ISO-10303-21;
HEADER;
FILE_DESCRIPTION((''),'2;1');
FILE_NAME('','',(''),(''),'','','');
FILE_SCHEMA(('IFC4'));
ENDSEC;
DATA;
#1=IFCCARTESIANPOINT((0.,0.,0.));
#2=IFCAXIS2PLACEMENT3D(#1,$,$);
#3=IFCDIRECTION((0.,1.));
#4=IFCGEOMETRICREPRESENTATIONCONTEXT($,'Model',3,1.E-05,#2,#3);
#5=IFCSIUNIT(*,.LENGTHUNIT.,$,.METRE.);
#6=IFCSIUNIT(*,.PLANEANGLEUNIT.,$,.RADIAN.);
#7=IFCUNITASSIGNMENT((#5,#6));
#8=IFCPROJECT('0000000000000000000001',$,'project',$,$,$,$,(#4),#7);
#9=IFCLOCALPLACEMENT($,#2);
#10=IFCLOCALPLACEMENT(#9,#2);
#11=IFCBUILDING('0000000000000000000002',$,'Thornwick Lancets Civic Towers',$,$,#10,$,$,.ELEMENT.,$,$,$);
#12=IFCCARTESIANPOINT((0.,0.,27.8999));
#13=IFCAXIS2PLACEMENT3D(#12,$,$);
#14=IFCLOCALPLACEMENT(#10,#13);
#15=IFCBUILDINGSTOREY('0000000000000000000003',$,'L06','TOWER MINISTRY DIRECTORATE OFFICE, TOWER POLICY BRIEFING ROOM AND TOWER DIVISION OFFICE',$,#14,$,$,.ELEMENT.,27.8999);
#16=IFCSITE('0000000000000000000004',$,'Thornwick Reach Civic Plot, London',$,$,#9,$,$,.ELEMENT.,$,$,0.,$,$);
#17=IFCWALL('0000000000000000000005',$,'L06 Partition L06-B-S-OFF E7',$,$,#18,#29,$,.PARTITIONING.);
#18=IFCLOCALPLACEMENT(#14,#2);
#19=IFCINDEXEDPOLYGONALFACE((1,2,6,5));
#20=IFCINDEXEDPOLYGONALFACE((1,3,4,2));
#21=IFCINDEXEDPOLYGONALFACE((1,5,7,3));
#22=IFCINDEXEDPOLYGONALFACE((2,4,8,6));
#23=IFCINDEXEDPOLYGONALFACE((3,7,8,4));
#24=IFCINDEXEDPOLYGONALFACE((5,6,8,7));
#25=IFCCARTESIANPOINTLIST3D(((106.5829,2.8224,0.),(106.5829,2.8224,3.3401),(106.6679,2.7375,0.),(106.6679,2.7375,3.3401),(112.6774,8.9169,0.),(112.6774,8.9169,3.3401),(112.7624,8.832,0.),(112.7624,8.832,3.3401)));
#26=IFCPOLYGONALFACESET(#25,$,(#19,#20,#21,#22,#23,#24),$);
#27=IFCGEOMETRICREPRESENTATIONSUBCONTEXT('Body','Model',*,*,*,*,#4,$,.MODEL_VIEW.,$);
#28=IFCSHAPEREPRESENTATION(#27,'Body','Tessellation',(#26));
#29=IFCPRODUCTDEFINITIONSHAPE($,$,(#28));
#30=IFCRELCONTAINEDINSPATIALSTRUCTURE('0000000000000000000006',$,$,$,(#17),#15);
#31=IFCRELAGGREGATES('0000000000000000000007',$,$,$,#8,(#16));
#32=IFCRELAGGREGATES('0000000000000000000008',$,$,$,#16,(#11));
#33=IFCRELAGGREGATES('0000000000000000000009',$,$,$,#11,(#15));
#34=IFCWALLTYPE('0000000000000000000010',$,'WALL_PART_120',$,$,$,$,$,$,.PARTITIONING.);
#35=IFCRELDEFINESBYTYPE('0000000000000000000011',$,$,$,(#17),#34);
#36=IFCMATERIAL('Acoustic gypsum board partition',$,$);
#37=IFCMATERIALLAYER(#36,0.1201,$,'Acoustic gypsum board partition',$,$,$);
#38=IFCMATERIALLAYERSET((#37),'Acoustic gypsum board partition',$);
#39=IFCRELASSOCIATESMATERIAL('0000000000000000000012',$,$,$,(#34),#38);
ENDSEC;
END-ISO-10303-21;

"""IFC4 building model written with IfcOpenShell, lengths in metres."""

from ifc_helpers import new_model, si_unit, direction, frame, frame_2d, origin, place, context, subcontext, project, spatial, rectangle, extrude, material, layer, layer_set, type_object, element, save


model = new_model("IFC4")

# Units and contexts
model_context = context("Model", 3, precision=1e-05, world=origin(), true_north=direction((0.0, 1.0)))
body_context = subcontext(model_context, "Body", "Model", "MODEL_VIEW")
ifc_project = project(units=[si_unit("LENGTHUNIT", "METRE"), si_unit("PLANEANGLEUNIT", "RADIAN")], contexts=[model_context])

# Site, building, storey
site_placement = place(None, origin())
site = spatial("IfcSite", under=ifc_project, at=site_placement, Name="Thornwick Reach Civic Plot, London", CompositionType="ELEMENT", RefElevation=0.0)
building_placement = place(site_placement, origin())
building = spatial("IfcBuilding", under=site, at=building_placement, Name="Thornwick Lancets Civic Towers", CompositionType="ELEMENT")
storey_placement = place(building_placement, frame((0.0, 0.0, 27.8999)))
storey = spatial("IfcBuildingStorey", under=building, at=storey_placement, Name="L06", Description="TOWER MINISTRY DIRECTORATE OFFICE, TOWER POLICY BRIEFING ROOM AND TOWER DIVISION OFFICE", CompositionType="ELEMENT", Elevation=27.8999)

# Wall
ifc_material_1 = material(Name="Acoustic gypsum board partition")
ifc_layer_1 = layer(ifc_material_1, 0.1201, Name="Acoustic gypsum board partition")
ifc_layer_set_1 = layer_set([ifc_layer_1], Name="Acoustic gypsum board partition")
wall_type_1 = type_object("IfcWallType", Name="WALL_PART_120", PredefinedType="PARTITIONING", material=ifc_layer_set_1)
wall_1_placement = place(storey_placement, frame((112.72, 8.8745, 0.0), z_axis=(0.0, 0.0, 1.0), x_axis=(-0.707107, -0.707107, 0.0)))
element("IfcWall", 1, at=wall_1_placement, inside=storey, type_object=wall_type_1, Name="L06 Partition L06-B-S-OFF E7", PredefinedType="PARTITIONING", context=body_context, shape_type="SweptSolid", body=[
    extrude(rectangle(XDim=8.6189, YDim=0.1201, at=frame_2d((4.3096, 0.0))), origin(), (0.0, 0.0, 1.0), 3.3401),
])

save(model, "model.ifc")
